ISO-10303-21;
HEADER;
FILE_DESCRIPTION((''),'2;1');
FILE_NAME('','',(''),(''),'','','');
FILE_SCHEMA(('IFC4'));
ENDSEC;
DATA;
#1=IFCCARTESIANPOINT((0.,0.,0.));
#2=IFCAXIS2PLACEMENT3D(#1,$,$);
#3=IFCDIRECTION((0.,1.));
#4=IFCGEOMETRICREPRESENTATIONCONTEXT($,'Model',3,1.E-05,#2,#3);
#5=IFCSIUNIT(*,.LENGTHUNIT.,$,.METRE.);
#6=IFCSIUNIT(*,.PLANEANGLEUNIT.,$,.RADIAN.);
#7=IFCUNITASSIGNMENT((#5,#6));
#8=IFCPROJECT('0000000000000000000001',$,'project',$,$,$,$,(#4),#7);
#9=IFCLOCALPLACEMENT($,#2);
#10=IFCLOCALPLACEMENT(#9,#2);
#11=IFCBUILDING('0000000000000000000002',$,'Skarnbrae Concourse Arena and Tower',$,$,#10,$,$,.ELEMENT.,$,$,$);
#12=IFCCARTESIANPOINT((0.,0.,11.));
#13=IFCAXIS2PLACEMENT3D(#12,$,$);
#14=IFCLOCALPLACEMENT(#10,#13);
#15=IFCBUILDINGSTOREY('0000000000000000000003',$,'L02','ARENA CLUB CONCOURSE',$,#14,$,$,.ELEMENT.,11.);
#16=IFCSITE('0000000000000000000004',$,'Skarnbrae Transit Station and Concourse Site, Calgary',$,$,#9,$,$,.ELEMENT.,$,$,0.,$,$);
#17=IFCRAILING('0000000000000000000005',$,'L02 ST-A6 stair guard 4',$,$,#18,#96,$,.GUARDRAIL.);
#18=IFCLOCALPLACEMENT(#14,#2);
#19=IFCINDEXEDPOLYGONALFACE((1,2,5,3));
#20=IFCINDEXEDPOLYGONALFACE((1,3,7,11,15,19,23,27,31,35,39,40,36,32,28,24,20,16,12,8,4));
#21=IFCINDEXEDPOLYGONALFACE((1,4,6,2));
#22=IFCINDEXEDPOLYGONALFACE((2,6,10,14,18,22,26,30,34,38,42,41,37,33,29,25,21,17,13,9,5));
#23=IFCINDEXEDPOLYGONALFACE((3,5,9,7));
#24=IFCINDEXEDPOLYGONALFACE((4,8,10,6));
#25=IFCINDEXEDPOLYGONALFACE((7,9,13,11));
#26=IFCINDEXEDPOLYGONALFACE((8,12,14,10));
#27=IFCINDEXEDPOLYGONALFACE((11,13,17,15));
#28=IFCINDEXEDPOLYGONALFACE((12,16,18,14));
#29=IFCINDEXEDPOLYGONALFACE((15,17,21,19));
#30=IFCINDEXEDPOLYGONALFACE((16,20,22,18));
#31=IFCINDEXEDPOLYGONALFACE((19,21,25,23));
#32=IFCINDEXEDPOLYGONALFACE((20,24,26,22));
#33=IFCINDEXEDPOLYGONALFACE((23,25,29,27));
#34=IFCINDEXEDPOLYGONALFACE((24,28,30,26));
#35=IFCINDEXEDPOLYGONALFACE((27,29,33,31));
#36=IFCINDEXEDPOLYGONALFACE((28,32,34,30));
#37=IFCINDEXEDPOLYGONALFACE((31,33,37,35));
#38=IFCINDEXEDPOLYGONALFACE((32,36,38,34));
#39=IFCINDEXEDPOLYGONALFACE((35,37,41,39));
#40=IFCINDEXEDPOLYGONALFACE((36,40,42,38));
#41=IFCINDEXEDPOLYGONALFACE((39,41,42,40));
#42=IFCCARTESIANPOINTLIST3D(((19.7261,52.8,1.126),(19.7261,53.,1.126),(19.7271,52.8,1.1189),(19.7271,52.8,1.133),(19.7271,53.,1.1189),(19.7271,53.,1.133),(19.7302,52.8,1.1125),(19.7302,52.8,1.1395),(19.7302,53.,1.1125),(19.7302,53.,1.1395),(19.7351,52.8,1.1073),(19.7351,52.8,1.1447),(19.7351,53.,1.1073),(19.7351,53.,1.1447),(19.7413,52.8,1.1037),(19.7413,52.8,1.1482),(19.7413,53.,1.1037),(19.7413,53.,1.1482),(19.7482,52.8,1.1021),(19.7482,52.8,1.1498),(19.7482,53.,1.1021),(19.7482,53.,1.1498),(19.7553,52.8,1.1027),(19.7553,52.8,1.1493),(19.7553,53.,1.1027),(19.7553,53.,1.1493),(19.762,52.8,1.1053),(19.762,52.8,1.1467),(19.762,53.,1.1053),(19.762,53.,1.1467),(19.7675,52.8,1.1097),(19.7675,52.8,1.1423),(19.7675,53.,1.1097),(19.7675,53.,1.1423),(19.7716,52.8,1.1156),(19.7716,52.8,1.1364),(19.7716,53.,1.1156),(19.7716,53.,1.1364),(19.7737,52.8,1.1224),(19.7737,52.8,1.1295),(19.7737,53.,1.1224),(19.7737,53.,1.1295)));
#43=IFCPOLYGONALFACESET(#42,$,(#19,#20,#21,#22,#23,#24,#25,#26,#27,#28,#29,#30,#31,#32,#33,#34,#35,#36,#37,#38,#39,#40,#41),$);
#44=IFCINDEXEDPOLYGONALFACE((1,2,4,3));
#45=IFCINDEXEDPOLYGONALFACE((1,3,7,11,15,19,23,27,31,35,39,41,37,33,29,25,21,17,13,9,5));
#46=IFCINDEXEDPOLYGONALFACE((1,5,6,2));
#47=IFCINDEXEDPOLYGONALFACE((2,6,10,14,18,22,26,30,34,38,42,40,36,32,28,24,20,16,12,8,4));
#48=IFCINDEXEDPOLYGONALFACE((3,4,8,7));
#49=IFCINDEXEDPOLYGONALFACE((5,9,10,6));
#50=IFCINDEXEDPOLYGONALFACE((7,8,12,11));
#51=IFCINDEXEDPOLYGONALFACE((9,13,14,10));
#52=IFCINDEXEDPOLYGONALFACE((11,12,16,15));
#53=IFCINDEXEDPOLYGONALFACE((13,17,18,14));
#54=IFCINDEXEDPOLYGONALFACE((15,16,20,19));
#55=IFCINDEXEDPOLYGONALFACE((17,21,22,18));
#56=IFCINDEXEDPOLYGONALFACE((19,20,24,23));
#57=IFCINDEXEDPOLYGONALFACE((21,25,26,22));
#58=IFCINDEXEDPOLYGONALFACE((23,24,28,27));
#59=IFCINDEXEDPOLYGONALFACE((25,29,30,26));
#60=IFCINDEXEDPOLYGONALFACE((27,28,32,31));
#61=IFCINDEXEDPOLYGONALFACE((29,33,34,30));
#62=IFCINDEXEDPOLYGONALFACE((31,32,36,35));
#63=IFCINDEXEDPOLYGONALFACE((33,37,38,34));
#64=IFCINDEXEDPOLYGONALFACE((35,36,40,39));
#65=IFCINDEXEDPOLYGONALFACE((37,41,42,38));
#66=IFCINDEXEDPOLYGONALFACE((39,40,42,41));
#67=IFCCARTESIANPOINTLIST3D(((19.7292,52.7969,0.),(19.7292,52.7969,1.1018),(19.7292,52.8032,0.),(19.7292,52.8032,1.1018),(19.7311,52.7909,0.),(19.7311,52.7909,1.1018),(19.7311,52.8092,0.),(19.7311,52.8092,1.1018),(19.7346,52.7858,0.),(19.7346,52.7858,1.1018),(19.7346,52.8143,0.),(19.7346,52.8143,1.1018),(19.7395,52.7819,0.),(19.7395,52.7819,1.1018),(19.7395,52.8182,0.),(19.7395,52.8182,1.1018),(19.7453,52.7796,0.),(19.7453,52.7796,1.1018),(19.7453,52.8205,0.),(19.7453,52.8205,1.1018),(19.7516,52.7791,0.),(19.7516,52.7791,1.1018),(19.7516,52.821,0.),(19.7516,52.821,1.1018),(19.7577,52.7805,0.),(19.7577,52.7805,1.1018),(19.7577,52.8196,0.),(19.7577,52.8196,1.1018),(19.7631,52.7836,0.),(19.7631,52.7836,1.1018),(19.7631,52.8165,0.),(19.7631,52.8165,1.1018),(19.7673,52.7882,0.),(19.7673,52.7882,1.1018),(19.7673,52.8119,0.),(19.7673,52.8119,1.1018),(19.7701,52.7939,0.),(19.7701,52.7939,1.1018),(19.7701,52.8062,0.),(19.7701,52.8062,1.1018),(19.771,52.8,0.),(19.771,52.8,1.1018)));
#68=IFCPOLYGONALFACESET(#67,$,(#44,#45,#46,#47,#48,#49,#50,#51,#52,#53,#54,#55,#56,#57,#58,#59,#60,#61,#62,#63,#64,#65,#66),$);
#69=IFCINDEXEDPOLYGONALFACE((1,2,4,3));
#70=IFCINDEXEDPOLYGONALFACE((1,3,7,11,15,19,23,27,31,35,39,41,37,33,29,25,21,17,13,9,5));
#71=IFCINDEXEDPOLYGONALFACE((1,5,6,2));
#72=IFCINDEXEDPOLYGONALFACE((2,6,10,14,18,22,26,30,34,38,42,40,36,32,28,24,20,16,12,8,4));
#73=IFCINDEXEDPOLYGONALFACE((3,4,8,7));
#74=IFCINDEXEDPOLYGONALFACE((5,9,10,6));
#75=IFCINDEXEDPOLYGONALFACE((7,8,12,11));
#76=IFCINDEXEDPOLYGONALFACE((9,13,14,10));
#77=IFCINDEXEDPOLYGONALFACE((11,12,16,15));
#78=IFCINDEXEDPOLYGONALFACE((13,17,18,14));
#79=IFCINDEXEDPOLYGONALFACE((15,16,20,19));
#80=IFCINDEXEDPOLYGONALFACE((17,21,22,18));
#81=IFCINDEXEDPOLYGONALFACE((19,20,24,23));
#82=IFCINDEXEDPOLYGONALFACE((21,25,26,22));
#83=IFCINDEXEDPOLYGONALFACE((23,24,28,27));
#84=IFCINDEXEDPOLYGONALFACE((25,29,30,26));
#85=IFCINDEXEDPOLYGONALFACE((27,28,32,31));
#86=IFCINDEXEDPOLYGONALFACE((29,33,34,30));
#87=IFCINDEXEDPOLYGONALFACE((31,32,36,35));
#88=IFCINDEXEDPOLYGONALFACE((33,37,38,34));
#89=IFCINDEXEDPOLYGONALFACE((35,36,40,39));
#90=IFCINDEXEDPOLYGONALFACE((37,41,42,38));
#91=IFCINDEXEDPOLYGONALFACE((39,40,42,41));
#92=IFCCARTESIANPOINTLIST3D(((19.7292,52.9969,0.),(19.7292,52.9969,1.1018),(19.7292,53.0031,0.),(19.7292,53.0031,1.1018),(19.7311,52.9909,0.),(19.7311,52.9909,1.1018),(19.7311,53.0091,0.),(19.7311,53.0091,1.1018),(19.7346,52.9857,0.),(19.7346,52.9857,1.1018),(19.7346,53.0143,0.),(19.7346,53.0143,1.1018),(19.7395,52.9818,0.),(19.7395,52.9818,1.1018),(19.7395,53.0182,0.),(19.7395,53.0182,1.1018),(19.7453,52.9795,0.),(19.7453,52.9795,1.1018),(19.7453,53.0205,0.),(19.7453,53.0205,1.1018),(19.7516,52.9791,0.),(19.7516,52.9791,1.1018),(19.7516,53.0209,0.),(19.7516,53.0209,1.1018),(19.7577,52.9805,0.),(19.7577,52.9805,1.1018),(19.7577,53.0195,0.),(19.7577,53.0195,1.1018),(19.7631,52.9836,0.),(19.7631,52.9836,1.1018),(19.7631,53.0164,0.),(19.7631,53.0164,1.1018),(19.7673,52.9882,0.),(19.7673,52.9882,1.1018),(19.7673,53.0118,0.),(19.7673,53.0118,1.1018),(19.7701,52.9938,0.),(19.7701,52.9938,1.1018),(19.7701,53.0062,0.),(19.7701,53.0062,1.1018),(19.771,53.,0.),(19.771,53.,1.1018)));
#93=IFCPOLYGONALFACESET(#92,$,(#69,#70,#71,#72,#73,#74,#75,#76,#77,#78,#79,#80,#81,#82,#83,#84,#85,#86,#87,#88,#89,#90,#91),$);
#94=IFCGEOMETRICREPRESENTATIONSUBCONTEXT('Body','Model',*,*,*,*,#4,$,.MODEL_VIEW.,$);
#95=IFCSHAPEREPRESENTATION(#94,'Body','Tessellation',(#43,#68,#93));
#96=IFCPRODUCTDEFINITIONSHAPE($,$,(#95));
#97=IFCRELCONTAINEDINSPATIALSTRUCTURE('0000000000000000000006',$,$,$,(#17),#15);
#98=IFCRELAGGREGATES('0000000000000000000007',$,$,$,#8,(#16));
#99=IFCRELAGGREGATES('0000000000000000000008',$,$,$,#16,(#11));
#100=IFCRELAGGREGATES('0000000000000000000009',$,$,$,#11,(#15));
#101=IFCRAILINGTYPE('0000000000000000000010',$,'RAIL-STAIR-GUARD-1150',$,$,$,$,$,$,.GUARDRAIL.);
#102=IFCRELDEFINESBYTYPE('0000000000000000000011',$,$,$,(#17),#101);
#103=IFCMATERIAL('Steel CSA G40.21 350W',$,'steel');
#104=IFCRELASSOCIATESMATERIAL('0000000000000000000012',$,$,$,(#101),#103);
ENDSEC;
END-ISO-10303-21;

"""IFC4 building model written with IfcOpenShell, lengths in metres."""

from ifc_helpers import new_model, si_unit, direction, frame, origin, origin_2d, place, context, subcontext, project, spatial, circle, extrude, material, type_object, element, save


model = new_model("IFC4")

# Units and contexts
model_context = context("Model", 3, precision=1e-05, world=origin(), true_north=direction((0.0, 1.0)))
body_context = subcontext(model_context, "Body", "Model", "MODEL_VIEW")
ifc_project = project(units=[si_unit("LENGTHUNIT", "METRE"), si_unit("PLANEANGLEUNIT", "RADIAN")], contexts=[model_context])

# Site, building, storey
site_placement = place(None, origin())
site = spatial("IfcSite", under=ifc_project, at=site_placement, Name="Skarnbrae Transit Station and Concourse Site, Calgary", CompositionType="ELEMENT", RefElevation=0.0)
building_placement = place(site_placement, origin())
building = spatial("IfcBuilding", under=site, at=building_placement, Name="Skarnbrae Concourse Arena and Tower", CompositionType="ELEMENT")
storey_placement = place(building_placement, frame((0.0, 0.0, 11.0)))
storey = spatial("IfcBuildingStorey", under=building, at=storey_placement, Name="L02", Description="ARENA CLUB CONCOURSE", CompositionType="ELEMENT", Elevation=11.0)

# Shared definitions
ifc_material_1 = material(Name="Steel CSA G40.21 350W", Category="steel")

# Railing
railing_type_1 = type_object("IfcRailingType", Name="RAIL-STAIR-GUARD-1150", PredefinedType="GUARDRAIL", material=ifc_material_1)
railing_1_placement = place(storey_placement, frame((19.75, 52.8, 0.0)))
element("IfcRailing", 1, at=railing_1_placement, inside=storey, type_object=railing_type_1, Name="L02 ST-A6 stair guard 4", PredefinedType="GUARDRAIL", context=body_context, shape_type="SweptSolid", body=[
    extrude(circle(Radius=0.0239, at=origin_2d()), frame((0.0, 0.0, 1.126), z_axis=(0.0, 1.0, 0.0), x_axis=(-1.0, 0.0, 0.0)), (0.0, 0.0, 1.0), 0.2),
    extrude(circle(Radius=0.021, at=origin_2d()), origin(), (0.0, 0.0, 1.0), 1.1018),
    extrude(circle(Radius=0.021, at=origin_2d()), frame((0.0, 0.2, 0.0)), (0.0, 0.0, 1.0), 1.1018),
])

save(model, "model.ifc")
